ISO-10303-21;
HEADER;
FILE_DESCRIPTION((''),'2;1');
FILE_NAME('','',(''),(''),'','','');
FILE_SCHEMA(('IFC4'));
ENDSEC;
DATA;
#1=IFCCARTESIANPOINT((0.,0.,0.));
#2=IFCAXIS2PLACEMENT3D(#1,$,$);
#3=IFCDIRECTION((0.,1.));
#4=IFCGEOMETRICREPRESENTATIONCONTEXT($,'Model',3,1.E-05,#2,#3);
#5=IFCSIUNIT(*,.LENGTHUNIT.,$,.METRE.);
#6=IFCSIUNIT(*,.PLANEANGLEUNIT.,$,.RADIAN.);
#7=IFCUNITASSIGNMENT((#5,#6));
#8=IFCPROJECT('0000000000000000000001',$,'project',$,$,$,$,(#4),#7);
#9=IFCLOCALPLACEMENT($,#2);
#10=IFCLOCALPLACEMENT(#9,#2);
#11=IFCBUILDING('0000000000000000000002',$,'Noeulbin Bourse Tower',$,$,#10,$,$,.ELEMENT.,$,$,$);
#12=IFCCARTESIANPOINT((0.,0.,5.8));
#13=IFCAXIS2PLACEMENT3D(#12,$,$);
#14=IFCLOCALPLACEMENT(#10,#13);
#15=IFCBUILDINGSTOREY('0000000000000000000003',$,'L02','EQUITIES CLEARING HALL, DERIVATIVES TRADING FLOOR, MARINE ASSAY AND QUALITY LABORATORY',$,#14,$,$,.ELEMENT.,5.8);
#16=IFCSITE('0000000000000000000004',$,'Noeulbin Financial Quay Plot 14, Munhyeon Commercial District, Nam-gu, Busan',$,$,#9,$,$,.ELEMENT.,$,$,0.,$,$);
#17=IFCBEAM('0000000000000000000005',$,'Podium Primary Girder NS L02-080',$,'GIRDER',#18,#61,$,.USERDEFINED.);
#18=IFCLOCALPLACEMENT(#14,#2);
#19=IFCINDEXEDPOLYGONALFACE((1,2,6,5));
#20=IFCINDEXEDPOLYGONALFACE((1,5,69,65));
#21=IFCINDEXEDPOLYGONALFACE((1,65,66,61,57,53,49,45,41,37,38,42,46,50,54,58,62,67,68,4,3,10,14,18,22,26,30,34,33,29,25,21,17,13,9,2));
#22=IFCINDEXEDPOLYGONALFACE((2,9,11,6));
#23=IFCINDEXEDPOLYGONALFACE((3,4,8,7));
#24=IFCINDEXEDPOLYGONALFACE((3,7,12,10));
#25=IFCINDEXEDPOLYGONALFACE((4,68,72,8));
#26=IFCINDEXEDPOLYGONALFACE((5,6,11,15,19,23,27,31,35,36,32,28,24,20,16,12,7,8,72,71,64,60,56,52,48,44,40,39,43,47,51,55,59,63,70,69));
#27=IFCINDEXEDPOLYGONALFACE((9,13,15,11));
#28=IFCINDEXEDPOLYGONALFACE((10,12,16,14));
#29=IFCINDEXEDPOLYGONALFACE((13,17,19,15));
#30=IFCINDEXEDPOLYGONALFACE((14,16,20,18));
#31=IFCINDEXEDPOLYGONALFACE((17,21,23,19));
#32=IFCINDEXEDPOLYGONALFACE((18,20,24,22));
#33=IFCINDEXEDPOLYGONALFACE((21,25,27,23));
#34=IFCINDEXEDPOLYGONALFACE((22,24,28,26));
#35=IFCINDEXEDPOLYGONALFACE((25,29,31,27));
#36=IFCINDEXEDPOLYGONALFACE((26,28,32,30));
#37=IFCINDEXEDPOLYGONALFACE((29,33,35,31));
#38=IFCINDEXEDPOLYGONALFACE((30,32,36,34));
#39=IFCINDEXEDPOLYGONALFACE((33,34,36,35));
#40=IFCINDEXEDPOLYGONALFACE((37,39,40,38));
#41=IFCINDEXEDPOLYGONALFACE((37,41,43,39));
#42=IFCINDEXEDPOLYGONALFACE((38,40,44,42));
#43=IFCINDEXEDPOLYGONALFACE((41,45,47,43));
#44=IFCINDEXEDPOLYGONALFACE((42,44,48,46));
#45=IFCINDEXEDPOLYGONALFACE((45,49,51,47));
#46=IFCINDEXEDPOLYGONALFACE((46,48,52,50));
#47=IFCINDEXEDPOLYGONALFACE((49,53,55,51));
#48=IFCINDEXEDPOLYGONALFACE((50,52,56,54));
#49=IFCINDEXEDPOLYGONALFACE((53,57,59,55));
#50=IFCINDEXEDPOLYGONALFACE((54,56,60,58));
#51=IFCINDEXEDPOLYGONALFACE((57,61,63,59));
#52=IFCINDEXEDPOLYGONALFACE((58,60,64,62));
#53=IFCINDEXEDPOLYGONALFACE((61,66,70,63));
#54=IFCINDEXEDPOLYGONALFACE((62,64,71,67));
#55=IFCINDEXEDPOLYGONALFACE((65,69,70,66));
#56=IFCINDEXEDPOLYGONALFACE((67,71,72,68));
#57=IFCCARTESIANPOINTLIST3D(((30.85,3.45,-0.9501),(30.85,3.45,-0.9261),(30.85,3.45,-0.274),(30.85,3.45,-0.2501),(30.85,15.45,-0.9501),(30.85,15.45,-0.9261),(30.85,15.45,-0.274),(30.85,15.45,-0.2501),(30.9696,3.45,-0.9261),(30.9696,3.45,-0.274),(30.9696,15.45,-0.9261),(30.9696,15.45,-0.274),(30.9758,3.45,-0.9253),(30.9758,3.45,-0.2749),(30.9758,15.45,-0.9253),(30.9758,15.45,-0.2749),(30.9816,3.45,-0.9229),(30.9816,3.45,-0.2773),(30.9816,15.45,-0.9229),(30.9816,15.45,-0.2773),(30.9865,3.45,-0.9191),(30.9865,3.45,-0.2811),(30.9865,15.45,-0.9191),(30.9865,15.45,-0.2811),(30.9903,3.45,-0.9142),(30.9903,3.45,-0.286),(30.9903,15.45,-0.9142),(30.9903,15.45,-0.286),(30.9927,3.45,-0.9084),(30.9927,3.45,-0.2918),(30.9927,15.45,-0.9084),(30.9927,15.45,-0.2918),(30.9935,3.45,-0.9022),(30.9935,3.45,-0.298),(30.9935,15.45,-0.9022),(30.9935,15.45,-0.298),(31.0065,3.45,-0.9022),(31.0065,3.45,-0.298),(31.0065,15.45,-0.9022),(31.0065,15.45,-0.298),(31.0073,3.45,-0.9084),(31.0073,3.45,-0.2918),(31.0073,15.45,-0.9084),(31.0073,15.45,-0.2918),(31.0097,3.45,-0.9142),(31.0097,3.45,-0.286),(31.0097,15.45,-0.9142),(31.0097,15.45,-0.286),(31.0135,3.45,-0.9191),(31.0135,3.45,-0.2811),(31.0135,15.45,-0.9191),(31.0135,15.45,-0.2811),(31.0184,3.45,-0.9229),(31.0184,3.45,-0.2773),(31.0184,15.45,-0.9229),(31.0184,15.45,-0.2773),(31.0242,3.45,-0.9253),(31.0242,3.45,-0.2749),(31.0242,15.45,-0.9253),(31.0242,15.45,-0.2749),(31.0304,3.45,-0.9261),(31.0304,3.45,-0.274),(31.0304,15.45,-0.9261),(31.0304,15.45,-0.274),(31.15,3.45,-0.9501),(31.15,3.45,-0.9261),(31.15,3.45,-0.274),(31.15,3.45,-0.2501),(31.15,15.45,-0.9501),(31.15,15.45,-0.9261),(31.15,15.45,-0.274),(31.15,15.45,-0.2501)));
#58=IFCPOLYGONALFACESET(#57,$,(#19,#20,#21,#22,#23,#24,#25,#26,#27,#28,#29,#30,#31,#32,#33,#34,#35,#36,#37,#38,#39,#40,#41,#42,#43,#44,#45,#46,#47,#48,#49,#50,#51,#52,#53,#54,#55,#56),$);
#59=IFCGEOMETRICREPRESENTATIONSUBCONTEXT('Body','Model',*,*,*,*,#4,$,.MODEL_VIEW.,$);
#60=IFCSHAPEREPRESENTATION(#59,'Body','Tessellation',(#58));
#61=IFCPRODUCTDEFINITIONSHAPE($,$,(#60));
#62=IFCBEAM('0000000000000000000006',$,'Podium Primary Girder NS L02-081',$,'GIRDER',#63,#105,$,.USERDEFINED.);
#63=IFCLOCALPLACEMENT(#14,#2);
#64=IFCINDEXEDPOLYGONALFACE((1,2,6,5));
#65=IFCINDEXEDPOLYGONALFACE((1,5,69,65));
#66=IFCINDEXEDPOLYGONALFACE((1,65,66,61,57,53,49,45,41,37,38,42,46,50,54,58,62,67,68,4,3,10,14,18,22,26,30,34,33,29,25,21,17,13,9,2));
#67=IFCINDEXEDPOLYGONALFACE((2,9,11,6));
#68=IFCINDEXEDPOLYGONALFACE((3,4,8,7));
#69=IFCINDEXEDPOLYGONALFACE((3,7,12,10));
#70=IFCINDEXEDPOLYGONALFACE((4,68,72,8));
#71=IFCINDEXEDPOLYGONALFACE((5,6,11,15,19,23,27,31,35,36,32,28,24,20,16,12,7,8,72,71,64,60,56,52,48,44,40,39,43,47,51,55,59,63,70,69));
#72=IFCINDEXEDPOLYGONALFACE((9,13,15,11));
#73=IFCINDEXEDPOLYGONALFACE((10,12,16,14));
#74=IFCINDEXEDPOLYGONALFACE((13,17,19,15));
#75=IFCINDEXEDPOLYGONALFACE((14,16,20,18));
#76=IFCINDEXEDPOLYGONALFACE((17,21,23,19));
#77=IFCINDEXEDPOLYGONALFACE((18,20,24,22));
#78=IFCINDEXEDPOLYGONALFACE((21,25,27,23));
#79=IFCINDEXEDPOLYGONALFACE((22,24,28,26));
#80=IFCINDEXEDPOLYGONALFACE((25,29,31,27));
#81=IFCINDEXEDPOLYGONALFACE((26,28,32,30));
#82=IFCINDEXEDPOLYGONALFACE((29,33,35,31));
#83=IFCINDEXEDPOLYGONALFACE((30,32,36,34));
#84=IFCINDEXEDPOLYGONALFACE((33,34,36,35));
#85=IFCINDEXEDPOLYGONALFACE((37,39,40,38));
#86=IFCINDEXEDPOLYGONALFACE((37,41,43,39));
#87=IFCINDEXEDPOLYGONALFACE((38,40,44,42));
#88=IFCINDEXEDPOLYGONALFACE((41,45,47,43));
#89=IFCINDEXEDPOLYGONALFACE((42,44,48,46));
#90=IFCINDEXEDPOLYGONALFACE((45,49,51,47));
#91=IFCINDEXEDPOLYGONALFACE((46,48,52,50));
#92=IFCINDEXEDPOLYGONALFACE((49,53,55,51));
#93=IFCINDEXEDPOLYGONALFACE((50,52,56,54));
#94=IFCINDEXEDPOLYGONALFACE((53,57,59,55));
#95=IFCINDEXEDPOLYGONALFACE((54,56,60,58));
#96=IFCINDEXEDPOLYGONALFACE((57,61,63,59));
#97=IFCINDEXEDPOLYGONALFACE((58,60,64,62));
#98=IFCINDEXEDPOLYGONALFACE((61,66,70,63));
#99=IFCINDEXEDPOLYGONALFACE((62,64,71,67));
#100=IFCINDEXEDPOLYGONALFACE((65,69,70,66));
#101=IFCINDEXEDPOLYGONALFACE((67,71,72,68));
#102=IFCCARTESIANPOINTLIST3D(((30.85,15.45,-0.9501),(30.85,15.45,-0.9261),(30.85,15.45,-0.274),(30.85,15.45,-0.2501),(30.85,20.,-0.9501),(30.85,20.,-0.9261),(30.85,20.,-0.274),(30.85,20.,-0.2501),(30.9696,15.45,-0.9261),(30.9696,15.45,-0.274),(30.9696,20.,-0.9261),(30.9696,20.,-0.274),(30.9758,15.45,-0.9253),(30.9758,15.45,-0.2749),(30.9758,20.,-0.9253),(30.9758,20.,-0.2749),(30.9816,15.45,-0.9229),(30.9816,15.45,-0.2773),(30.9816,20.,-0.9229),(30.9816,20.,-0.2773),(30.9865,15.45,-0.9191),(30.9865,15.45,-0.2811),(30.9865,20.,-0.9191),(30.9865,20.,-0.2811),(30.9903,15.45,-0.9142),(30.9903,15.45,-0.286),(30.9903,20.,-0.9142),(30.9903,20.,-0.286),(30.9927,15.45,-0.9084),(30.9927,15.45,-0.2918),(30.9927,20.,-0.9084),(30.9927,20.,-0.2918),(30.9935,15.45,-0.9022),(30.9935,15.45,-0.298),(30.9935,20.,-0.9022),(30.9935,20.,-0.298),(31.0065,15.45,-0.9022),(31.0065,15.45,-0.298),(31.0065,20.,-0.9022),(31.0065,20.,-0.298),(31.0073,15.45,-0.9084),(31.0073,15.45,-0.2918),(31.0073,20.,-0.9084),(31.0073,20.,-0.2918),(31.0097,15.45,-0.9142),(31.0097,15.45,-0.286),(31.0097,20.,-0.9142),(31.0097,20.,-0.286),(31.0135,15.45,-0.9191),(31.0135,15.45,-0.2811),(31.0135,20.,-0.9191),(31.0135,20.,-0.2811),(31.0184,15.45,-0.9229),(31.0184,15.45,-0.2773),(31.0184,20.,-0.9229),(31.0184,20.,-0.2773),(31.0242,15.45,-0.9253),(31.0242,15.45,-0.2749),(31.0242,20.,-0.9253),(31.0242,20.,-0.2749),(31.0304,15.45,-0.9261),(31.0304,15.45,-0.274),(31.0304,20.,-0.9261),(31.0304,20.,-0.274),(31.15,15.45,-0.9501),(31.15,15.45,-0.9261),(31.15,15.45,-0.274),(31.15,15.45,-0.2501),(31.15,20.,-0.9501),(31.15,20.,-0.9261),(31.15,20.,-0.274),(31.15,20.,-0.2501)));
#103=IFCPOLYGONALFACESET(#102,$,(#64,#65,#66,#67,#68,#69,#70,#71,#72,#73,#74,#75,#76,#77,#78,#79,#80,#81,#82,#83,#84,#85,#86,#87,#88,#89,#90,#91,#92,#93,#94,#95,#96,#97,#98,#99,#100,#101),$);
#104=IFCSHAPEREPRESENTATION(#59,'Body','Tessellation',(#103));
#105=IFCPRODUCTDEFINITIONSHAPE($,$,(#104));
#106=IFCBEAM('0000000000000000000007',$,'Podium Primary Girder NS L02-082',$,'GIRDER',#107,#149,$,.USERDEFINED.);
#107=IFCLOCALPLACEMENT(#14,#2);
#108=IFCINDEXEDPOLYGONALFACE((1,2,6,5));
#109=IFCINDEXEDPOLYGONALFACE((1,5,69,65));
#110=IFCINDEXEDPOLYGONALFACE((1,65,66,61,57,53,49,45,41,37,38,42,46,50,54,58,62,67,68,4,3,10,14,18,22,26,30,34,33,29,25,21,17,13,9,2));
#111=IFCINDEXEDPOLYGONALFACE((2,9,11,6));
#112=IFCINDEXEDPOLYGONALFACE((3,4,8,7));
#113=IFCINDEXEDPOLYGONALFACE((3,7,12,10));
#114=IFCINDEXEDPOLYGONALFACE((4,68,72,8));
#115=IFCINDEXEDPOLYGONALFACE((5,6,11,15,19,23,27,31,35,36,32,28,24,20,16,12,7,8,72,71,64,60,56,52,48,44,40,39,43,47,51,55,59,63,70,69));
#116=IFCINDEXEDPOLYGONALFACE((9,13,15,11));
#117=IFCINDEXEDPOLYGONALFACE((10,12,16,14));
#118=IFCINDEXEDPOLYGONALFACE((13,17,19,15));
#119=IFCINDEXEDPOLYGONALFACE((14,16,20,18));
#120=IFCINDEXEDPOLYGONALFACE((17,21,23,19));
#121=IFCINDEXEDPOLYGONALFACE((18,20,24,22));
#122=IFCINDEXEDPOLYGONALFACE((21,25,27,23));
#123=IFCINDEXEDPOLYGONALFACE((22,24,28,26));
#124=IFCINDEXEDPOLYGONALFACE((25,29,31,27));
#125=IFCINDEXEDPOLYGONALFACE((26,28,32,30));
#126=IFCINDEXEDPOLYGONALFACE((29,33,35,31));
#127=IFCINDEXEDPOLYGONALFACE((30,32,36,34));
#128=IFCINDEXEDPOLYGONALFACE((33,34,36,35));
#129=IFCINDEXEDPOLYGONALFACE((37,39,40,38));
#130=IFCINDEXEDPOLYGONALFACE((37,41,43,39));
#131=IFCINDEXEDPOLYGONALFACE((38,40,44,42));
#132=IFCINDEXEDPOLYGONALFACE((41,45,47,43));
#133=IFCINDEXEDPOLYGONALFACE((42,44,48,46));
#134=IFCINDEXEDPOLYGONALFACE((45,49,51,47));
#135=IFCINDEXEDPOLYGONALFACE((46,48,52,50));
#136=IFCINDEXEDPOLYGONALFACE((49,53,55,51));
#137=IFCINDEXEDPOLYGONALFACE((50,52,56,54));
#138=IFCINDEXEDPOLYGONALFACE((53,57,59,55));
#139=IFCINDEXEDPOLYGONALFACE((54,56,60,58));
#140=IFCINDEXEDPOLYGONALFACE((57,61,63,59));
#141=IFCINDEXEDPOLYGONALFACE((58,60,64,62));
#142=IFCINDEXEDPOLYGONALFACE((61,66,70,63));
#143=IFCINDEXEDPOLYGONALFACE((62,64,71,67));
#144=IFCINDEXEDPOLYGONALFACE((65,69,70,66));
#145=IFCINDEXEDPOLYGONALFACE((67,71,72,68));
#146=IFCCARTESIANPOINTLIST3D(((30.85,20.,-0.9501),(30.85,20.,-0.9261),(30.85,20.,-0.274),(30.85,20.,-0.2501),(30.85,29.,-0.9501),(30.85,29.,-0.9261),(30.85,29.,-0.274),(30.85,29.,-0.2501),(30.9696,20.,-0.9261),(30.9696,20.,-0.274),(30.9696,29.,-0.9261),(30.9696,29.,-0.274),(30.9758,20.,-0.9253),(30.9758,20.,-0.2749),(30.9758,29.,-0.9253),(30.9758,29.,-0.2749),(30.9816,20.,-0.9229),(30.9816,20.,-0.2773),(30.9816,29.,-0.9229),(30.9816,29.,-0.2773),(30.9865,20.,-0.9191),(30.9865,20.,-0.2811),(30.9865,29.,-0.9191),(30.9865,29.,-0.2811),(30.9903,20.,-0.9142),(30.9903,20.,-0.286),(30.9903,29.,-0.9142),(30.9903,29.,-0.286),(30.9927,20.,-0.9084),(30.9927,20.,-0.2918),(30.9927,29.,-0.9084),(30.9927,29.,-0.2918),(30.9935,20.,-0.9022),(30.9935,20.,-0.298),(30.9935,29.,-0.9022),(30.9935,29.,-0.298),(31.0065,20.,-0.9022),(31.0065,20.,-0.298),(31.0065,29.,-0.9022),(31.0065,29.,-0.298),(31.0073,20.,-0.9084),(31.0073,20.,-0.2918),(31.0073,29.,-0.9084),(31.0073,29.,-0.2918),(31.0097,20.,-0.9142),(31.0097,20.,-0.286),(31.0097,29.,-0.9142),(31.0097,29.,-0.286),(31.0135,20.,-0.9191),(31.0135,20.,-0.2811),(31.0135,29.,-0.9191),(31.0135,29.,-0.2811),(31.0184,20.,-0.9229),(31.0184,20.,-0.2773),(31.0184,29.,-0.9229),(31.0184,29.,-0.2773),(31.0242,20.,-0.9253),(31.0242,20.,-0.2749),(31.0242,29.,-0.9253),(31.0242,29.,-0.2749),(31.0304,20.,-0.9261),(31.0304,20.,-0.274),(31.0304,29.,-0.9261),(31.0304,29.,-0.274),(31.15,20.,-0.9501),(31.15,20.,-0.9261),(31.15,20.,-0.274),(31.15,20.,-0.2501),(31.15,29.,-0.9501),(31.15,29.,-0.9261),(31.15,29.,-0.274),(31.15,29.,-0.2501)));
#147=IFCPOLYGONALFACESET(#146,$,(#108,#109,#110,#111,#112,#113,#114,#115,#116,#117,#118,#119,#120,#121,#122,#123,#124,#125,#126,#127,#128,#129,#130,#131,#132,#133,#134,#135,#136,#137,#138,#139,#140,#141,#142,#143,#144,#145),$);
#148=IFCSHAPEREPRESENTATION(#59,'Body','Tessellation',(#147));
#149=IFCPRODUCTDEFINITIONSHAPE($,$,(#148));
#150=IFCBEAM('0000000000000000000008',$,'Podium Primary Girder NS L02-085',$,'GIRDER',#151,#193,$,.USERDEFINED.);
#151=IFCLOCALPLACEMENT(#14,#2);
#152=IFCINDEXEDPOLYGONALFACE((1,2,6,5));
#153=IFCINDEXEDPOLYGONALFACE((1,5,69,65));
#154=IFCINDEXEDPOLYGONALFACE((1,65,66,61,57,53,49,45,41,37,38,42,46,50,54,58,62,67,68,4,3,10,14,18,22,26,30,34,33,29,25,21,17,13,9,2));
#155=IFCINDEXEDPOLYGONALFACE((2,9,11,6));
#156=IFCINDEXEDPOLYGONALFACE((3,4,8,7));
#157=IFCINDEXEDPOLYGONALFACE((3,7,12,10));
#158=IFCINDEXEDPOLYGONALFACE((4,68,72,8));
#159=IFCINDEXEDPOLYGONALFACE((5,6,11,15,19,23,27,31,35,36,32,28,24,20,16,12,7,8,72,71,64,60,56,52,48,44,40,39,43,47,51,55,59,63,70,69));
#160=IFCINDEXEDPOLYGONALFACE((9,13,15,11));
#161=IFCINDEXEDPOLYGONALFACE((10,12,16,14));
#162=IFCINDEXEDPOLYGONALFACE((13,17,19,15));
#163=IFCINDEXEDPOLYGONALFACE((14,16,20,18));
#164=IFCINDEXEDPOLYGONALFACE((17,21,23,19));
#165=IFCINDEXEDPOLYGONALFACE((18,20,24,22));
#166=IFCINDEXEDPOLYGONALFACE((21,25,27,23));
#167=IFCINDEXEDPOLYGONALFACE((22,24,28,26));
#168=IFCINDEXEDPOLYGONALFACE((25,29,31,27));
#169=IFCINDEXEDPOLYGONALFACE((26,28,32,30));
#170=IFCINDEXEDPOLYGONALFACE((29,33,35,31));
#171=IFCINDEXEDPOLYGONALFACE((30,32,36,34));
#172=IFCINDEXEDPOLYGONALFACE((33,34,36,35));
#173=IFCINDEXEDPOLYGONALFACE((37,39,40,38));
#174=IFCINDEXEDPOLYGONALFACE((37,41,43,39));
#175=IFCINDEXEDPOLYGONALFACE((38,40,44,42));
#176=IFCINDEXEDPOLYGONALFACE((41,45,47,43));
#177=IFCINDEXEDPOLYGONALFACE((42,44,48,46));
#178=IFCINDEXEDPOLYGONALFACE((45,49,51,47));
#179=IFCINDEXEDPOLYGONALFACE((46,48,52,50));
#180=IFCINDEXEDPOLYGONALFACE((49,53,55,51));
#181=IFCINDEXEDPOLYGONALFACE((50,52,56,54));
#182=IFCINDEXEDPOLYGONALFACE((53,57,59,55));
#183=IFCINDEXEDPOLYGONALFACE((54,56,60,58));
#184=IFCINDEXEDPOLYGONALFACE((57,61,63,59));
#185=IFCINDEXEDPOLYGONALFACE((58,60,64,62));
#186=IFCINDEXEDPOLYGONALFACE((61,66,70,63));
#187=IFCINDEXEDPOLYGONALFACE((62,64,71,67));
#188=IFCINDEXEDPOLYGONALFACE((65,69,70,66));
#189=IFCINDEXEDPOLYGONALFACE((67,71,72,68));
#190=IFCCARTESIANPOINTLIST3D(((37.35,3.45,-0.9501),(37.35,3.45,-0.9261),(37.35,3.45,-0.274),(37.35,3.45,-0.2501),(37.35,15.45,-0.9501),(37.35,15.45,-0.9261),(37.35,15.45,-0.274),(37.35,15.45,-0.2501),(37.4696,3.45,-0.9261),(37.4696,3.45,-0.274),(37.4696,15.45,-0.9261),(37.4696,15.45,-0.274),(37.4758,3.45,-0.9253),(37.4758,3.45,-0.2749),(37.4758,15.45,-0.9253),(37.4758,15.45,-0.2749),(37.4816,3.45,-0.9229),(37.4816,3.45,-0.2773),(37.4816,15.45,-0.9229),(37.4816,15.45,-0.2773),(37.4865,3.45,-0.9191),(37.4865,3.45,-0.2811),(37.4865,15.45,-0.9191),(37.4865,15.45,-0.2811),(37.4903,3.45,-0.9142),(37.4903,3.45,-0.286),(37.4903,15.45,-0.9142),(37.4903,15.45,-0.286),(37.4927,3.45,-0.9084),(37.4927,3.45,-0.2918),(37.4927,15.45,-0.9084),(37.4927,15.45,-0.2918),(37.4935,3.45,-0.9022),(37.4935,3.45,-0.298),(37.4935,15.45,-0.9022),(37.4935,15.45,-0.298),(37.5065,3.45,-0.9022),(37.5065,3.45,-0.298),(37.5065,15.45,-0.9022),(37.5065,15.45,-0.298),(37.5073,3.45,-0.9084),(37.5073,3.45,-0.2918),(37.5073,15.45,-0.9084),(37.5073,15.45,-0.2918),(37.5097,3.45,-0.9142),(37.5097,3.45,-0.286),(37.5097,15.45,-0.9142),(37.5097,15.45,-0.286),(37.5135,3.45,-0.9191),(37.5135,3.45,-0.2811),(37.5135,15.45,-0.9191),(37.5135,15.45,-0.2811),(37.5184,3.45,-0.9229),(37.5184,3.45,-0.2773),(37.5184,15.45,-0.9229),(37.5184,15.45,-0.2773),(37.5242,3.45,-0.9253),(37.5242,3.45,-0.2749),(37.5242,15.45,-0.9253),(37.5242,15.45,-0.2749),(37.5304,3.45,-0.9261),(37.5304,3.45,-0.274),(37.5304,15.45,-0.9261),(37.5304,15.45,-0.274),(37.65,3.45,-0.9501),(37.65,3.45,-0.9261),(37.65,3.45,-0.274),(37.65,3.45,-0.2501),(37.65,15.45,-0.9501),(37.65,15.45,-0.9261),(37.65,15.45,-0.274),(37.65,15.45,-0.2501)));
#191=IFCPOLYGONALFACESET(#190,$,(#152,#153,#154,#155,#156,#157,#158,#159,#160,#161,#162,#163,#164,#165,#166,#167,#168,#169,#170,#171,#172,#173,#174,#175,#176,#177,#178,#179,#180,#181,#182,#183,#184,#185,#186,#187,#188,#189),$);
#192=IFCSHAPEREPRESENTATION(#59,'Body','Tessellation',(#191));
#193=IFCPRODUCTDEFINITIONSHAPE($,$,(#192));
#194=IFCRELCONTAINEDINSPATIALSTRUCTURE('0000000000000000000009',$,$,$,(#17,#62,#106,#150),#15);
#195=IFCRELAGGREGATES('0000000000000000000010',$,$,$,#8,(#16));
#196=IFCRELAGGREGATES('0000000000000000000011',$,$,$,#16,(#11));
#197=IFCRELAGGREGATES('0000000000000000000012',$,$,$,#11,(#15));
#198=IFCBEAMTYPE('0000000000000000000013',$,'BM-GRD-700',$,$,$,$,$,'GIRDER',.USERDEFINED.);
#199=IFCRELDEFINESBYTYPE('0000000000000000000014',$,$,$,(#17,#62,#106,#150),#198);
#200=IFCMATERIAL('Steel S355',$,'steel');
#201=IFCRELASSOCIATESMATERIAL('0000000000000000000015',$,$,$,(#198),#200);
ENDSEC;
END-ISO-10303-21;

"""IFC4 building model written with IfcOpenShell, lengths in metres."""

from ifc_helpers import new_model, si_unit, direction, frame, origin, origin_2d, place, context, subcontext, project, spatial, i_section, extrude, material, material_profile, profile_set, type_object, element, save


model = new_model("IFC4")

# Units and contexts
model_context = context("Model", 3, precision=1e-05, world=origin(), true_north=direction((0.0, 1.0)))
body_context = subcontext(model_context, "Body", "Model", "MODEL_VIEW")
ifc_project = project(units=[si_unit("LENGTHUNIT", "METRE"), si_unit("PLANEANGLEUNIT", "RADIAN")], contexts=[model_context])

# Site, building, storey
site_placement = place(None, origin())
site = spatial("IfcSite", under=ifc_project, at=site_placement, Name="Noeulbin Financial Quay Plot 14, Munhyeon Commercial District, Nam-gu, Busan", CompositionType="ELEMENT", RefElevation=0.0)
building_placement = place(site_placement, origin())
building = spatial("IfcBuilding", under=site, at=building_placement, Name="Noeulbin Bourse Tower", CompositionType="ELEMENT")
storey_placement = place(building_placement, frame((0.0, 0.0, 5.8)))
storey = spatial("IfcBuildingStorey", under=building, at=storey_placement, Name="L02", Description="EQUITIES CLEARING HALL, DERIVATIVES TRADING FLOOR, MARINE ASSAY AND QUALITY LABORATORY", CompositionType="ELEMENT", Elevation=5.8)

# Beams
ifc_material_1 = material(Name="Steel S355", Category="steel")
ifc_material_profile_1 = material_profile(ifc_material_1, i_section(OverallWidth=0.3, OverallDepth=0.7, WebThickness=0.0129, FlangeThickness=0.0239, FilletRadius=0.0239, at=origin_2d()), Name="H-700x300x13x24", Category="LoadBearing")
ifc_profile_set_1 = profile_set([ifc_material_profile_1], Name="Steel S355")
beam_type_1 = type_object("IfcBeamType", Name="BM-GRD-700", ElementType="GIRDER", PredefinedType="USERDEFINED", material=ifc_profile_set_1)
beam_1_placement = place(storey_placement, frame((31.0, 3.45, -0.6001), z_axis=(0.0, 1.0, 0.0), x_axis=(-1.0, 0.0, 0.0)))
element("IfcBeam", 1, at=beam_1_placement, inside=storey, type_object=beam_type_1, Name="Podium Primary Girder NS L02-080", ObjectType="GIRDER", PredefinedType="USERDEFINED", context=body_context, shape_type="SweptSolid", body=[
    extrude(i_section(OverallWidth=0.3, OverallDepth=0.7, WebThickness=0.0129, FlangeThickness=0.0239, FilletRadius=0.0239, at=origin_2d()), origin(), (0.0, 0.0, 1.0), 12.0),
])
beam_2_placement = place(storey_placement, frame((31.0, 15.45, -0.6001), z_axis=(0.0, 1.0, 0.0), x_axis=(-1.0, 0.0, 0.0)))
element("IfcBeam", 2, at=beam_2_placement, inside=storey, type_object=beam_type_1, Name="Podium Primary Girder NS L02-081", ObjectType="GIRDER", PredefinedType="USERDEFINED", context=body_context, shape_type="SweptSolid", body=[
    extrude(i_section(OverallWidth=0.3, OverallDepth=0.7, WebThickness=0.0129, FlangeThickness=0.0239, FilletRadius=0.0239, at=origin_2d()), origin(), (0.0, 0.0, 1.0), 4.55),
])
beam_3_placement = place(storey_placement, frame((31.0, 20.0, -0.6001), z_axis=(0.0, 1.0, 0.0), x_axis=(-1.0, 0.0, 0.0)))
element("IfcBeam", 3, at=beam_3_placement, inside=storey, type_object=beam_type_1, Name="Podium Primary Girder NS L02-082", ObjectType="GIRDER", PredefinedType="USERDEFINED", context=body_context, shape_type="SweptSolid", body=[
    extrude(i_section(OverallWidth=0.3, OverallDepth=0.7, WebThickness=0.0129, FlangeThickness=0.0239, FilletRadius=0.0239, at=origin_2d()), origin(), (0.0, 0.0, 1.0), 9.0),
])
beam_4_placement = place(storey_placement, frame((37.5, 3.45, -0.6001), z_axis=(0.0, 1.0, 0.0), x_axis=(-1.0, 0.0, 0.0)))
element("IfcBeam", 4, at=beam_4_placement, inside=storey, type_object=beam_type_1, Name="Podium Primary Girder NS L02-085", ObjectType="GIRDER", PredefinedType="USERDEFINED", context=body_context, shape_type="SweptSolid", body=[
    extrude(i_section(OverallWidth=0.3, OverallDepth=0.7, WebThickness=0.0129, FlangeThickness=0.0239, FilletRadius=0.0239, at=origin_2d()), origin(), (0.0, 0.0, 1.0), 12.0),
])

save(model, "model.ifc")
